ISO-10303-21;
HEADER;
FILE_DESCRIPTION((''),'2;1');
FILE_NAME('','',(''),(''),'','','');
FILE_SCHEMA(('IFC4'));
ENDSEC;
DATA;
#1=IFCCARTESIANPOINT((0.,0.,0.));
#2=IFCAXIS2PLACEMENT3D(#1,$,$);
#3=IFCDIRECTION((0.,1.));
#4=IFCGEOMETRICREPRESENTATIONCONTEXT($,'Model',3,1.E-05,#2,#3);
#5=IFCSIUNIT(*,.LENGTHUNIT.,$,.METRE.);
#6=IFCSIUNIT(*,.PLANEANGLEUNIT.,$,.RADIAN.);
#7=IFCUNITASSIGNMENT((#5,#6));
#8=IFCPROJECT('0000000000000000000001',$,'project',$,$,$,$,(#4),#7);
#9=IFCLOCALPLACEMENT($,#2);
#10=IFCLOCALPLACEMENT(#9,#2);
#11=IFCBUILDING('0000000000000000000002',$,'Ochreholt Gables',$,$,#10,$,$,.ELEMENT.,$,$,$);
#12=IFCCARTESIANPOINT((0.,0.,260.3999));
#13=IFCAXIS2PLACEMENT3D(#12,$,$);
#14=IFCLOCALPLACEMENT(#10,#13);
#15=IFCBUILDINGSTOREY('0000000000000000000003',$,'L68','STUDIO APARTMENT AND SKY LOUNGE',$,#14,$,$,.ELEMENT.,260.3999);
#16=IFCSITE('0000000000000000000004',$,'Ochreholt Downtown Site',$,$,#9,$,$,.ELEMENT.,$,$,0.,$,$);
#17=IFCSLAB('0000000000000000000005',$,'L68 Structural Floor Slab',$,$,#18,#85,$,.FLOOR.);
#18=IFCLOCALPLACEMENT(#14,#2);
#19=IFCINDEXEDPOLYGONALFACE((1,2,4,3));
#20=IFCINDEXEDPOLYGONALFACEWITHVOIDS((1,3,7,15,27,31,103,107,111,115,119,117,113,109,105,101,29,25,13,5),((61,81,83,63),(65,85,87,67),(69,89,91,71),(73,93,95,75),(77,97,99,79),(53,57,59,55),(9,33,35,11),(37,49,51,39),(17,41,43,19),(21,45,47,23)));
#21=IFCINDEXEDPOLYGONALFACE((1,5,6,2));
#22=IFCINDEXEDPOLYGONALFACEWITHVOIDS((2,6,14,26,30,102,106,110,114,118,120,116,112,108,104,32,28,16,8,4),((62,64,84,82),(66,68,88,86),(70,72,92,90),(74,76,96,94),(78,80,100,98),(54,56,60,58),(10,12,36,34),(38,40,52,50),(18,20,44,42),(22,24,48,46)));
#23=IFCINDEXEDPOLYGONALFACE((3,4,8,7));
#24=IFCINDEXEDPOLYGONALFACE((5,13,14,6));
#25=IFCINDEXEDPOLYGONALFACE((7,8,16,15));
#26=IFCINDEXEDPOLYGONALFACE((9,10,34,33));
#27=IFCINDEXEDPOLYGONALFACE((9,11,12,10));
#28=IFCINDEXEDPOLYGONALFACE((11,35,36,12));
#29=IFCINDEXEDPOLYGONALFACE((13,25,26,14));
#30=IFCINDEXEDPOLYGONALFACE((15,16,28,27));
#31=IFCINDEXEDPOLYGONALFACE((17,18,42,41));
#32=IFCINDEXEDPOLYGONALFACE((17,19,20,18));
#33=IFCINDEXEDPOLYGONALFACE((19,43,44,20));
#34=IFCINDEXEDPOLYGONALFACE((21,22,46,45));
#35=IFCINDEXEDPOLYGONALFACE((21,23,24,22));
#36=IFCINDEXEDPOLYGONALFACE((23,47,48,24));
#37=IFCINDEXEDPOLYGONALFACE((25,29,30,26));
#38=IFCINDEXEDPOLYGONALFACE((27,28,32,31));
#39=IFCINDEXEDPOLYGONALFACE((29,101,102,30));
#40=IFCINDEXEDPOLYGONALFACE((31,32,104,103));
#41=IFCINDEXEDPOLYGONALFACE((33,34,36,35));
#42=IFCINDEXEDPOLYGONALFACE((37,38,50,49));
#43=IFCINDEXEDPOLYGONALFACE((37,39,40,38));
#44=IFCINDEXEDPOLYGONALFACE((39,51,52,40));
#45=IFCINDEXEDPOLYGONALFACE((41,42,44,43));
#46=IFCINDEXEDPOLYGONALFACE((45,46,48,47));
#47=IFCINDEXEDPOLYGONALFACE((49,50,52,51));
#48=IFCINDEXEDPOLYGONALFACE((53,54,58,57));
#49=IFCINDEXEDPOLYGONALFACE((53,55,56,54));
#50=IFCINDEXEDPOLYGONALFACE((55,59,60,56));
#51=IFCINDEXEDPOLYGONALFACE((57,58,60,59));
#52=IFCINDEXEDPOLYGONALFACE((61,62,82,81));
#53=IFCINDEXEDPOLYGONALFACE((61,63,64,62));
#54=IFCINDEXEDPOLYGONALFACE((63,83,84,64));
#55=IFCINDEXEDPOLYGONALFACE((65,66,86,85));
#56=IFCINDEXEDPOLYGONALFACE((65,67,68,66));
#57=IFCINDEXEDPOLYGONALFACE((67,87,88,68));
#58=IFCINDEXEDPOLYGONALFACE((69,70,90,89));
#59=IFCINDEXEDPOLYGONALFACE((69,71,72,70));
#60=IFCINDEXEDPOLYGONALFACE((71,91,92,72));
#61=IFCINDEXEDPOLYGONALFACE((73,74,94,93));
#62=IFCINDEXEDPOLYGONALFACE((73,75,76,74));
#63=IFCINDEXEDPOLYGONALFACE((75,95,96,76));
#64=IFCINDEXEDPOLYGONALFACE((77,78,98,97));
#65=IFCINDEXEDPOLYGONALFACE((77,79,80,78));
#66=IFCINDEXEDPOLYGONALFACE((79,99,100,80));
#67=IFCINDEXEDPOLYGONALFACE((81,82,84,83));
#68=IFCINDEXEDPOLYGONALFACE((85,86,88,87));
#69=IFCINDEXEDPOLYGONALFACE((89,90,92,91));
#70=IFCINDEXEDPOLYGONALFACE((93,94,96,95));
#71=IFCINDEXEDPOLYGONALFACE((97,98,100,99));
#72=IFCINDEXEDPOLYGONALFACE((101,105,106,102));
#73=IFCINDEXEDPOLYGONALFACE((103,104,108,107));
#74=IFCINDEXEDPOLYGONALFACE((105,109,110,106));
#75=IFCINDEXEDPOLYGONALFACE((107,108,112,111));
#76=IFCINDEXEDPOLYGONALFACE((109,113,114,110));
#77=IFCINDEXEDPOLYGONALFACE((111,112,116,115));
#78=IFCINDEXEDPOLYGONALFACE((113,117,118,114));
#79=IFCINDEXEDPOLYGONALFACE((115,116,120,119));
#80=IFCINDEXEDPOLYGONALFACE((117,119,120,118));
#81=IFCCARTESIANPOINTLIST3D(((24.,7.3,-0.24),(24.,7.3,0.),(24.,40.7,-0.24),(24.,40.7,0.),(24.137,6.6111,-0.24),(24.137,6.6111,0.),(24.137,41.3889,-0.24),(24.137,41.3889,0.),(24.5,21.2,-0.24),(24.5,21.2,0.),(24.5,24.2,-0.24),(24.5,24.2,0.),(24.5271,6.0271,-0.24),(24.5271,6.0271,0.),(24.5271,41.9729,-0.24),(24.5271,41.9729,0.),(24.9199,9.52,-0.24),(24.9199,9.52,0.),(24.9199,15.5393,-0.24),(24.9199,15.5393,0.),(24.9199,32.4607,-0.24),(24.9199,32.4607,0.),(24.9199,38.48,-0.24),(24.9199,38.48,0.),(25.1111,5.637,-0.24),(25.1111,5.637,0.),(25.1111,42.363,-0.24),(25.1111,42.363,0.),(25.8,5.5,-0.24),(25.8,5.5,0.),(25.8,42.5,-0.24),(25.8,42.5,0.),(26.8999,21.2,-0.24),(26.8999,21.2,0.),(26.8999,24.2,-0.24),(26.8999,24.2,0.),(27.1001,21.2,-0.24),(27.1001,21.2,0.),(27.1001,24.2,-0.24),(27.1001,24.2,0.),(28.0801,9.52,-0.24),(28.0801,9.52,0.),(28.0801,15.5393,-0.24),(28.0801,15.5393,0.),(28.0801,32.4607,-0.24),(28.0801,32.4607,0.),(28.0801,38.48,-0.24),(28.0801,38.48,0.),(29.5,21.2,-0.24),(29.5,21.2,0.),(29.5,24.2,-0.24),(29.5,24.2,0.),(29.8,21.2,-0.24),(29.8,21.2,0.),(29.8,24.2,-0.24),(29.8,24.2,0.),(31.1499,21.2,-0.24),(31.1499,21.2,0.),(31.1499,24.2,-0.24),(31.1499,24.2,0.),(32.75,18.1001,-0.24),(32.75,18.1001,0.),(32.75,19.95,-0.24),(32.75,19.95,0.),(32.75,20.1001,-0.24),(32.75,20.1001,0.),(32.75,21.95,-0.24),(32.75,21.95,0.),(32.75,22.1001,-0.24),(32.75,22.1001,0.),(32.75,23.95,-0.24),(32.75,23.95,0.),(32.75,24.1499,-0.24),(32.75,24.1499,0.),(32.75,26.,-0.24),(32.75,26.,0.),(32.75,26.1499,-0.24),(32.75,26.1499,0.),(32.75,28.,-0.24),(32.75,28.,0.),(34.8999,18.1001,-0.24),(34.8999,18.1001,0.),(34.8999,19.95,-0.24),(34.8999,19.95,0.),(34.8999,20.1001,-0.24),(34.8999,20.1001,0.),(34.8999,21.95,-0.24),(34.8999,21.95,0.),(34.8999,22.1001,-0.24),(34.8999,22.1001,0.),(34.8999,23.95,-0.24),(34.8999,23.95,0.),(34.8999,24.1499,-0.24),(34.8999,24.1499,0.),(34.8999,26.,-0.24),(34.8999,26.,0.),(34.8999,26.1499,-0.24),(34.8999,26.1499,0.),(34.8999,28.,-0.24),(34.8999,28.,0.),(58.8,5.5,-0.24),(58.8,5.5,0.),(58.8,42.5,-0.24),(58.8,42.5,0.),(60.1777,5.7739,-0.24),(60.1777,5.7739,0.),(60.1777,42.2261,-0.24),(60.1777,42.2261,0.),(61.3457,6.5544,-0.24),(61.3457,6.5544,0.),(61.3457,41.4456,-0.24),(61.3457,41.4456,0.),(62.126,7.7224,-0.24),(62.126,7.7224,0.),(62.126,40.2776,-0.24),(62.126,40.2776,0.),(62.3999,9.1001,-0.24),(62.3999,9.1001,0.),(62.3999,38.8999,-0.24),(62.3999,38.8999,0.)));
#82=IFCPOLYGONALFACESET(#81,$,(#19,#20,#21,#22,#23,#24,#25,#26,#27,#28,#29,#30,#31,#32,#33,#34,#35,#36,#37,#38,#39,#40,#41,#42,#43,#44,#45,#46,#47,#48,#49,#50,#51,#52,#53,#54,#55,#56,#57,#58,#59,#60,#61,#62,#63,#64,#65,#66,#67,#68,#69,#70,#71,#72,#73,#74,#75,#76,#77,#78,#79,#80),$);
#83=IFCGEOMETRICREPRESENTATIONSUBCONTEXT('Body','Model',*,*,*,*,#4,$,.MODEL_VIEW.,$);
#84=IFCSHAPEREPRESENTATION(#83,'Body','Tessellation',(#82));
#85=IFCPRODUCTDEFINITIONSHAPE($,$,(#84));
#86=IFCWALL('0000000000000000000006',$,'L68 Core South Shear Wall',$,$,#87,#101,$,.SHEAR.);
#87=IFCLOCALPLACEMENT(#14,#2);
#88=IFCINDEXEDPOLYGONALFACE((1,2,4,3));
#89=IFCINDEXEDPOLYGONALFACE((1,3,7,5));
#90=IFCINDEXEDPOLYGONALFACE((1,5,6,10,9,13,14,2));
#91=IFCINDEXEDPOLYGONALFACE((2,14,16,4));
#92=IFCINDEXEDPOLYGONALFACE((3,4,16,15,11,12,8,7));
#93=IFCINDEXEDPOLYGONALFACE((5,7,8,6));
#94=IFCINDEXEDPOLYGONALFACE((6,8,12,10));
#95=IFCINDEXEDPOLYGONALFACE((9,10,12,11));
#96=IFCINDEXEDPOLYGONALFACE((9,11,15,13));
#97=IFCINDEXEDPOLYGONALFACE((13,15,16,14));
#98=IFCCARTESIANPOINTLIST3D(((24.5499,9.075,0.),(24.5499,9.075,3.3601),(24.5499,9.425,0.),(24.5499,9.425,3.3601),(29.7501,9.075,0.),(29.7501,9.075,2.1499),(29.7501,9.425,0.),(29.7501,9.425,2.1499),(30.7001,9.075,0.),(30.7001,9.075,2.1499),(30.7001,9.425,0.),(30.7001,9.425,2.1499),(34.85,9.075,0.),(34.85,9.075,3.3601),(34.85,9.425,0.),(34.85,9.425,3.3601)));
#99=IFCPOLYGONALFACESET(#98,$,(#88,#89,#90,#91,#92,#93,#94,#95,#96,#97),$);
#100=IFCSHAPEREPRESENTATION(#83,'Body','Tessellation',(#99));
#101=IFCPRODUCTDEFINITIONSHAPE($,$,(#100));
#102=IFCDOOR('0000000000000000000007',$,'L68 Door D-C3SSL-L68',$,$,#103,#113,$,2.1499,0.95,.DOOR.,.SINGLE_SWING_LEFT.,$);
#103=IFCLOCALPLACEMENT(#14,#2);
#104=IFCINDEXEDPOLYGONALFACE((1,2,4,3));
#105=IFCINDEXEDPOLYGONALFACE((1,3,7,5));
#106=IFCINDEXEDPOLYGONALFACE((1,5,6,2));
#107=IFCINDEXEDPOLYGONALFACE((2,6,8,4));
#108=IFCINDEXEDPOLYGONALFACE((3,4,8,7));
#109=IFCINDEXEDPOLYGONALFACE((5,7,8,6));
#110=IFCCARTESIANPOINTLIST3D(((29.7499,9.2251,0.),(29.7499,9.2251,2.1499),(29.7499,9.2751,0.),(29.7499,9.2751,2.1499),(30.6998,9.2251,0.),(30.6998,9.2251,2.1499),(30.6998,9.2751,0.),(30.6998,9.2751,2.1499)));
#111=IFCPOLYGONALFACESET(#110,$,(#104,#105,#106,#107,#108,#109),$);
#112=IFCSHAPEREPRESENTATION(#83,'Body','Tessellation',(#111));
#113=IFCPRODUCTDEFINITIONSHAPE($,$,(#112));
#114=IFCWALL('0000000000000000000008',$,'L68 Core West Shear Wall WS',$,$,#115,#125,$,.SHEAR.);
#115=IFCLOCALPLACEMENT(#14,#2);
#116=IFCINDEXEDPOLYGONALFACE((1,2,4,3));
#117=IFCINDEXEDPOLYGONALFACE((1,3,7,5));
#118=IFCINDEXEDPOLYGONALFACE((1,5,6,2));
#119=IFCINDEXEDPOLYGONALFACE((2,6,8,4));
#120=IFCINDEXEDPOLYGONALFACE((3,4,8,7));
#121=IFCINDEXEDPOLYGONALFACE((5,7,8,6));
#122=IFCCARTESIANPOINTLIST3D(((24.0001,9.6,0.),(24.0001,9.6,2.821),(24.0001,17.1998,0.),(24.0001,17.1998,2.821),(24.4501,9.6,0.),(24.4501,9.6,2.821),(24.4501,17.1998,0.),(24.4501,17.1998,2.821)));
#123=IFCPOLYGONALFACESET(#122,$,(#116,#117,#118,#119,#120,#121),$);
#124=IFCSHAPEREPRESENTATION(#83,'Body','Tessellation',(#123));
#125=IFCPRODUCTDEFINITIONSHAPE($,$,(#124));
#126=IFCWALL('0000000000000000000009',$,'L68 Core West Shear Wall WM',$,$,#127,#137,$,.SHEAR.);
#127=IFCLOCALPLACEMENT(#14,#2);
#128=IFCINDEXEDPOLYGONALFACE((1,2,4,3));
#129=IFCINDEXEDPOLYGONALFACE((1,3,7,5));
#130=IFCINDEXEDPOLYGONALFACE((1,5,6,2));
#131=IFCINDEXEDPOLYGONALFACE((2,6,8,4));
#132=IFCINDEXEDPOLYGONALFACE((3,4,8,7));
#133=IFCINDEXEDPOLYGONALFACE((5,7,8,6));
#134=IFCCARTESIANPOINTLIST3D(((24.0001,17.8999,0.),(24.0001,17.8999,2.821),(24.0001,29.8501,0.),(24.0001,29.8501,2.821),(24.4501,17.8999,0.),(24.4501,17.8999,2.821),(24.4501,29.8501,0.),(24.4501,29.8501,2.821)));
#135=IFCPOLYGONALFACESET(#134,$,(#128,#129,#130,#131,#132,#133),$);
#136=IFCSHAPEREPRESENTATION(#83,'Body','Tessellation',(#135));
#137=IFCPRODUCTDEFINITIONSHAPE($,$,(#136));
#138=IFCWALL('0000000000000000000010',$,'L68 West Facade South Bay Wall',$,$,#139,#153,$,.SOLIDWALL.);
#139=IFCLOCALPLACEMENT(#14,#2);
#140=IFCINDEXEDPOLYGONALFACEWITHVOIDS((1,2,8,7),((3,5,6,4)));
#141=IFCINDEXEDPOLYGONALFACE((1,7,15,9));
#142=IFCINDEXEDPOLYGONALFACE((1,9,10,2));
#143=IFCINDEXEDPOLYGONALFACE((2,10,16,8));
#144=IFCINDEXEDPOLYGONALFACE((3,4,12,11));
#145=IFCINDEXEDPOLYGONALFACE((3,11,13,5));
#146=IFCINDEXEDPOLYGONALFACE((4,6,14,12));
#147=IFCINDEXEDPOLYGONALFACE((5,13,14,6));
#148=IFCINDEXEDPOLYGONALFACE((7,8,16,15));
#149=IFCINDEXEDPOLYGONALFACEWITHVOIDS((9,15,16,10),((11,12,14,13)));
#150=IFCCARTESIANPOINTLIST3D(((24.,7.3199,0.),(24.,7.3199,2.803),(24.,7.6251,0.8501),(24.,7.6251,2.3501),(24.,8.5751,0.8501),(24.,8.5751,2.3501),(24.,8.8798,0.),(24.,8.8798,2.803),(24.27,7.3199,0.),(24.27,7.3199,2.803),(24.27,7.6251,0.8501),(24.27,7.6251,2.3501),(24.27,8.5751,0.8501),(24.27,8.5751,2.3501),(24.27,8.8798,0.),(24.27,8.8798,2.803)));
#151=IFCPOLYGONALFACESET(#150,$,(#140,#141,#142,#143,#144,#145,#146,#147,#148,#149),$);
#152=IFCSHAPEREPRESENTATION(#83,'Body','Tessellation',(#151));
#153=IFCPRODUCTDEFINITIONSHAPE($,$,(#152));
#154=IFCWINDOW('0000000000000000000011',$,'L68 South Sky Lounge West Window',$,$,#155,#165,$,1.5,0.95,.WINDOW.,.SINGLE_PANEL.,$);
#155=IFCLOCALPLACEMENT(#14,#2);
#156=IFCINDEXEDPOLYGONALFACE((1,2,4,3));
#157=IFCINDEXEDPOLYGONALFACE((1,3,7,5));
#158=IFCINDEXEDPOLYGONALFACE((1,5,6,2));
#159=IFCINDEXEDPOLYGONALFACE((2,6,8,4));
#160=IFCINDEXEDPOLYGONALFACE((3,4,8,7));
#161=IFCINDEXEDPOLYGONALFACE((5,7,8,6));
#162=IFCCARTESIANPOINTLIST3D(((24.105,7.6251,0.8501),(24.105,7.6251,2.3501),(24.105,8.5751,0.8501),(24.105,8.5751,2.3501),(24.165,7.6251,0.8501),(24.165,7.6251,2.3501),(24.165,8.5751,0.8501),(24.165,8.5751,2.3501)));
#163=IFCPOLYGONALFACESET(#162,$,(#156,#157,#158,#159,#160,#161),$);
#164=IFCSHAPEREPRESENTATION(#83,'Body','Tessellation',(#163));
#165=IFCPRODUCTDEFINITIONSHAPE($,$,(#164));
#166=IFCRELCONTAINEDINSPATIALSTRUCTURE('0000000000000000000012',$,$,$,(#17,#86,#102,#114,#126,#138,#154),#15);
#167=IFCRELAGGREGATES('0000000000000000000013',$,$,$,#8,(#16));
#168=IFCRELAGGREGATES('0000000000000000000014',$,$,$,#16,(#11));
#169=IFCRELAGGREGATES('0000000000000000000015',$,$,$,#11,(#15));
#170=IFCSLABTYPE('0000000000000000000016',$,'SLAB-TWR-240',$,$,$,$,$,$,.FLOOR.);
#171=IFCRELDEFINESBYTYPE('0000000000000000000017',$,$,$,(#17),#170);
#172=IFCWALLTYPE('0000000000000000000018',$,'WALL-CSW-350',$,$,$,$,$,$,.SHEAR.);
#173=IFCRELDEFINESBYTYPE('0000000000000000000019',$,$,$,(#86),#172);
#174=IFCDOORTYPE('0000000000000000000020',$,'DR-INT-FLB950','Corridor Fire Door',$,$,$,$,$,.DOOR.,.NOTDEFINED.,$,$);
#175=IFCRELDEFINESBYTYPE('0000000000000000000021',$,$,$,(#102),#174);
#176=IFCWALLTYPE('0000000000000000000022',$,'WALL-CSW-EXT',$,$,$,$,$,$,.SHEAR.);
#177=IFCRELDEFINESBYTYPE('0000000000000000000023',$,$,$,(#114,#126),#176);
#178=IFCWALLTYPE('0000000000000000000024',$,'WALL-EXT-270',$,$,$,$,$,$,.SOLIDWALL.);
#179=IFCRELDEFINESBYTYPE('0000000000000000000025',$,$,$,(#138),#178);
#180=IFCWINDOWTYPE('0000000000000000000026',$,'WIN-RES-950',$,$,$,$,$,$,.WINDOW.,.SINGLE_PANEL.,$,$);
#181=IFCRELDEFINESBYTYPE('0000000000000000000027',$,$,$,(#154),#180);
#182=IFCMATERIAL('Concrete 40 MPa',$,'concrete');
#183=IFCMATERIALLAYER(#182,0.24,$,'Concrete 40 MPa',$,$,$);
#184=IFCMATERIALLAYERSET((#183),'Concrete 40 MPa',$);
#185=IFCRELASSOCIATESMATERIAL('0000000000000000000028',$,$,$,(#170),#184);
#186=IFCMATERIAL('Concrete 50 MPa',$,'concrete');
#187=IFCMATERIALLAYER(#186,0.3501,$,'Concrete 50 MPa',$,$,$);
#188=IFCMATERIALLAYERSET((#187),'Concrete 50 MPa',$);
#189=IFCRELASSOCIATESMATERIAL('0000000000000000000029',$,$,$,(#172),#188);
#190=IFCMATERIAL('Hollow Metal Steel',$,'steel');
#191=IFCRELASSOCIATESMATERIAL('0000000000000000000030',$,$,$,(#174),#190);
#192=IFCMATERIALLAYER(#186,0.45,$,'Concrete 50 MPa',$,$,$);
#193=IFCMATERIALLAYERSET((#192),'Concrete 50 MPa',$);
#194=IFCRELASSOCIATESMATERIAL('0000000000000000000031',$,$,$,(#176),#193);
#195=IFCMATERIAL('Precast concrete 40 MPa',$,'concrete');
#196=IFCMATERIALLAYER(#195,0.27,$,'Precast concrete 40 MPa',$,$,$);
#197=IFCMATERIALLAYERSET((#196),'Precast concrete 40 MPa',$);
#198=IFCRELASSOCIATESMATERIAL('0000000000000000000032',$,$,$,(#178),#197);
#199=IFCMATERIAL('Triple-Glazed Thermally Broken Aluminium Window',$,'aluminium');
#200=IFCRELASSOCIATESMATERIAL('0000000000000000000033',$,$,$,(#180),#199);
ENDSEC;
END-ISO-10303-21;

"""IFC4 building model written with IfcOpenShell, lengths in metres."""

from ifc_helpers import new_model, si_unit, direction, frame, frame_2d, origin, place, context, subcontext, project, spatial, polyline, rectangle, outline, extrude, material, layer, layer_set, type_object, element, fill, save


model = new_model("IFC4")

# Units and contexts
model_context = context("Model", 3, precision=1e-05, world=origin(), true_north=direction((0.0, 1.0)))
body_context = subcontext(model_context, "Body", "Model", "MODEL_VIEW")
ifc_project = project(units=[si_unit("LENGTHUNIT", "METRE"), si_unit("PLANEANGLEUNIT", "RADIAN")], contexts=[model_context])

# Site, building, storey
site_placement = place(None, origin())
site = spatial("IfcSite", under=ifc_project, at=site_placement, Name="Ochreholt Downtown Site", CompositionType="ELEMENT", RefElevation=0.0)
building_placement = place(site_placement, origin())
building = spatial("IfcBuilding", under=site, at=building_placement, Name="Ochreholt Gables", CompositionType="ELEMENT")
storey_placement = place(building_placement, frame((0.0, 0.0, 260.3999)))
storey = spatial("IfcBuildingStorey", under=building, at=storey_placement, Name="L68", Description="STUDIO APARTMENT AND SKY LOUNGE", CompositionType="ELEMENT", Elevation=260.3999)

# Shared definitions
ifc_material_1 = material(Name="Concrete 50 MPa", Category="concrete")

# Shared definitions
ifc_material_2 = material(Name="Concrete 40 MPa", Category="concrete")

# Slab
ifc_layer_1 = layer(ifc_material_2, 0.24, Name="Concrete 40 MPa")
ifc_layer_set_1 = layer_set([ifc_layer_1], Name="Concrete 40 MPa")
slab_type_1 = type_object("IfcSlabType", Name="SLAB-TWR-240", PredefinedType="FLOOR", material=ifc_layer_set_1)
slab_1_placement = place(storey_placement, frame((0.0, 0.0, -0.24)))
element("IfcSlab", 1, at=slab_1_placement, inside=storey, type_object=slab_type_1, Name="L68 Structural Floor Slab", PredefinedType="FLOOR", context=body_context, shape_type="SweptSolid", body=[
    extrude(outline(polyline([(24.0, 7.3), (24.137, 6.6111), (24.5271, 6.0271), (25.1111, 5.637), (25.8, 5.5), (58.8, 5.5), (60.1777, 5.7739), (61.3457, 6.5544), (62.126, 7.7224), (62.3999, 9.1001), (62.3999, 38.8999), (62.126, 40.2776), (61.3457, 41.4456), (60.1777, 42.2261), (58.8, 42.5), (25.8, 42.5), (25.1111, 42.363), (24.5271, 41.9729), (24.137, 41.3889), (24.0, 40.7), (24.0, 7.3)]), holes=[polyline([(24.9199, 15.5393), (24.9199, 9.52), (28.0801, 9.52), (28.0801, 15.5393), (24.9199, 15.5393)]), polyline([(28.0801, 32.4607), (28.0801, 38.48), (24.9199, 38.48), (24.9199, 32.4607), (28.0801, 32.4607)]), polyline([(24.5, 21.2), (26.8999, 21.2), (26.8999, 24.2), (24.5, 24.2), (24.5, 21.2)]), polyline([(27.1001, 21.2), (29.5, 21.2), (29.5, 24.2), (27.1001, 24.2), (27.1001, 21.2)]), polyline([(32.75, 18.1001), (34.8999, 18.1001), (34.8999, 19.95), (32.75, 19.95), (32.75, 18.1001)]), polyline([(32.75, 20.1001), (34.8999, 20.1001), (34.8999, 21.95), (32.75, 21.95), (32.75, 20.1001)]), polyline([(32.75, 22.1001), (34.8999, 22.1001), (34.8999, 23.95), (32.75, 23.95), (32.75, 22.1001)]), polyline([(32.75, 24.1499), (34.8999, 24.1499), (34.8999, 26.0), (32.75, 26.0), (32.75, 24.1499)]), polyline([(32.75, 26.1499), (34.8999, 26.1499), (34.8999, 28.0), (32.75, 28.0), (32.75, 26.1499)]), polyline([(29.8, 21.2), (31.1499, 21.2), (31.1499, 24.2), (29.8, 24.2), (29.8, 21.2)])]), origin(), (0.0, 0.0, 1.0), 0.24),
])

# Wall, opening, door
ifc_layer_2 = layer(ifc_material_1, 0.3501, Name="Concrete 50 MPa")
ifc_layer_set_2 = layer_set([ifc_layer_2], Name="Concrete 50 MPa")
wall_type_1 = type_object("IfcWallType", Name="WALL-CSW-350", PredefinedType="SHEAR", material=ifc_layer_set_2)
wall_1_placement = place(storey_placement, frame((24.55, 9.25, 0.0), z_axis=(0.0, 0.0, 1.0), x_axis=(1.0, 0.0, 0.0)))
wall_1 = element("IfcWall", 2, at=wall_1_placement, inside=storey, type_object=wall_type_1, Name="L68 Core South Shear Wall", PredefinedType="SHEAR", context=body_context, shape_type="SweptSolid", body=[
    extrude(rectangle(XDim=10.3, YDim=0.3501, at=frame_2d((5.1499, 0.0))), origin(), (0.0, 0.0, 1.0), 3.3601),
])
opening_1_placement = place(wall_1_placement, frame((5.2, 0.0, 0.0)))
opening_1 = element("IfcOpeningElement", 3, at=opening_1_placement, cuts=wall_1, PredefinedType="OPENING", context=body_context, shape_type="SweptSolid", body=[
    extrude(rectangle(XDim=0.95, YDim=2.1499, at=frame_2d((0.4751, 1.075))), frame((0.0, 0.1851, 0.0), z_axis=(0.0, -1.0, 0.0), x_axis=(1.0, 0.0, 0.0)), (0.0, 0.0, 1.0), 0.3701),
])
ifc_material_3 = material(Name="Hollow Metal Steel", Category="steel")
door_type_1 = type_object("IfcDoorType", Name="DR-INT-FLB950", Description="Corridor Fire Door", OperationType="NOTDEFINED", PredefinedType="DOOR", material=ifc_material_3)
door_1_placement = place(opening_1_placement, frame((0.95, 0.0, 0.0), z_axis=(0.0, 0.0, 1.0), x_axis=(-1.0, 0.0, 0.0)))
door_1 = element("IfcDoor", 4, at=door_1_placement, inside=storey, type_object=door_type_1, Name="L68 Door D-C3SSL-L68", OperationType="SINGLE_SWING_LEFT", OverallHeight=2.1499, OverallWidth=0.95, PredefinedType="DOOR", context=body_context, shape_type="SweptSolid", body=[
    extrude(rectangle(XDim=0.95, YDim=2.1499, at=frame_2d((0.4751, 1.075))), frame((0.0, 0.0249, 0.0), z_axis=(0.0, -1.0, 0.0), x_axis=(1.0, 0.0, 0.0)), (0.0, 0.0, 1.0), 0.05),
])
fill(opening_1, door_1)

# Walls
ifc_layer_3 = layer(ifc_material_1, 0.45, Name="Concrete 50 MPa")
ifc_layer_set_3 = layer_set([ifc_layer_3], Name="Concrete 50 MPa")
wall_type_2 = type_object("IfcWallType", Name="WALL-CSW-EXT", PredefinedType="SHEAR", material=ifc_layer_set_3)
wall_2_placement = place(storey_placement, frame((24.2251, 9.6001, 0.0), z_axis=(0.0, 0.0, 1.0), x_axis=(0.0, 1.0, 0.0)))
element("IfcWall", 5, at=wall_2_placement, inside=storey, type_object=wall_type_2, Name="L68 Core West Shear Wall WS", PredefinedType="SHEAR", context=body_context, shape_type="SweptSolid", body=[
    extrude(rectangle(XDim=7.5999, YDim=0.45, at=frame_2d((3.7998, 0.0))), origin(), (0.0, 0.0, 1.0), 2.821),
])
wall_3_placement = place(storey_placement, frame((24.2251, 17.8999, 0.0), z_axis=(0.0, 0.0, 1.0), x_axis=(0.0, 1.0, 0.0)))
element("IfcWall", 6, at=wall_3_placement, inside=storey, type_object=wall_type_2, Name="L68 Core West Shear Wall WM", PredefinedType="SHEAR", context=body_context, shape_type="SweptSolid", body=[
    extrude(rectangle(XDim=11.9502, YDim=0.45, at=frame_2d((5.9751, 0.0))), origin(), (0.0, 0.0, 1.0), 2.821),
])

# Wall, opening, window
ifc_material_4 = material(Name="Precast concrete 40 MPa", Category="concrete")
ifc_layer_4 = layer(ifc_material_4, 0.27, Name="Precast concrete 40 MPa")
ifc_layer_set_4 = layer_set([ifc_layer_4], Name="Precast concrete 40 MPa")
wall_type_3 = type_object("IfcWallType", Name="WALL-EXT-270", PredefinedType="SOLIDWALL", material=ifc_layer_set_4)
wall_4_placement = place(storey_placement, frame((24.135, 7.3201, 0.0), z_axis=(0.0, 0.0, 1.0), x_axis=(0.0, 1.0, 0.0)))
wall_4 = element("IfcWall", 7, at=wall_4_placement, inside=storey, type_object=wall_type_3, Name="L68 West Facade South Bay Wall", PredefinedType="SOLIDWALL", context=body_context, shape_type="SweptSolid", body=[
    extrude(rectangle(XDim=1.5598, YDim=0.27, at=frame_2d((0.7798, 0.0))), origin(), (0.0, 0.0, 1.0), 2.803),
])
opening_2_placement = place(wall_4_placement, frame((0.3049, 0.0, 0.8501)))
opening_2 = element("IfcOpeningElement", 8, at=opening_2_placement, cuts=wall_4, PredefinedType="OPENING", context=body_context, shape_type="SweptSolid", body=[
    extrude(rectangle(XDim=0.95, YDim=1.5, at=frame_2d((0.4751, 0.75))), frame((0.0, 0.145, 0.0), z_axis=(0.0, -1.0, 0.0), x_axis=(1.0, 0.0, 0.0)), (0.0, 0.0, 1.0), 0.29),
])
ifc_material_5 = material(Name="Triple-Glazed Thermally Broken Aluminium Window", Category="aluminium")
window_type = type_object("IfcWindowType", Name="WIN-RES-950", PartitioningType="SINGLE_PANEL", PredefinedType="WINDOW", material=ifc_material_5)
window_placement = place(opening_2_placement, origin())
window = element("IfcWindow", 9, at=window_placement, inside=storey, type_object=window_type, Name="L68 South Sky Lounge West Window", OverallHeight=1.5, OverallWidth=0.95, PartitioningType="SINGLE_PANEL", PredefinedType="WINDOW", context=body_context, shape_type="SweptSolid", body=[
    extrude(rectangle(XDim=0.95, YDim=1.5, at=frame_2d((0.4751, 0.75))), frame((0.0, 0.03, 0.0), z_axis=(0.0, -1.0, 0.0), x_axis=(1.0, 0.0, 0.0)), (0.0, 0.0, 1.0), 0.0601),
])
fill(opening_2, window)

save(model, "model.ifc")
